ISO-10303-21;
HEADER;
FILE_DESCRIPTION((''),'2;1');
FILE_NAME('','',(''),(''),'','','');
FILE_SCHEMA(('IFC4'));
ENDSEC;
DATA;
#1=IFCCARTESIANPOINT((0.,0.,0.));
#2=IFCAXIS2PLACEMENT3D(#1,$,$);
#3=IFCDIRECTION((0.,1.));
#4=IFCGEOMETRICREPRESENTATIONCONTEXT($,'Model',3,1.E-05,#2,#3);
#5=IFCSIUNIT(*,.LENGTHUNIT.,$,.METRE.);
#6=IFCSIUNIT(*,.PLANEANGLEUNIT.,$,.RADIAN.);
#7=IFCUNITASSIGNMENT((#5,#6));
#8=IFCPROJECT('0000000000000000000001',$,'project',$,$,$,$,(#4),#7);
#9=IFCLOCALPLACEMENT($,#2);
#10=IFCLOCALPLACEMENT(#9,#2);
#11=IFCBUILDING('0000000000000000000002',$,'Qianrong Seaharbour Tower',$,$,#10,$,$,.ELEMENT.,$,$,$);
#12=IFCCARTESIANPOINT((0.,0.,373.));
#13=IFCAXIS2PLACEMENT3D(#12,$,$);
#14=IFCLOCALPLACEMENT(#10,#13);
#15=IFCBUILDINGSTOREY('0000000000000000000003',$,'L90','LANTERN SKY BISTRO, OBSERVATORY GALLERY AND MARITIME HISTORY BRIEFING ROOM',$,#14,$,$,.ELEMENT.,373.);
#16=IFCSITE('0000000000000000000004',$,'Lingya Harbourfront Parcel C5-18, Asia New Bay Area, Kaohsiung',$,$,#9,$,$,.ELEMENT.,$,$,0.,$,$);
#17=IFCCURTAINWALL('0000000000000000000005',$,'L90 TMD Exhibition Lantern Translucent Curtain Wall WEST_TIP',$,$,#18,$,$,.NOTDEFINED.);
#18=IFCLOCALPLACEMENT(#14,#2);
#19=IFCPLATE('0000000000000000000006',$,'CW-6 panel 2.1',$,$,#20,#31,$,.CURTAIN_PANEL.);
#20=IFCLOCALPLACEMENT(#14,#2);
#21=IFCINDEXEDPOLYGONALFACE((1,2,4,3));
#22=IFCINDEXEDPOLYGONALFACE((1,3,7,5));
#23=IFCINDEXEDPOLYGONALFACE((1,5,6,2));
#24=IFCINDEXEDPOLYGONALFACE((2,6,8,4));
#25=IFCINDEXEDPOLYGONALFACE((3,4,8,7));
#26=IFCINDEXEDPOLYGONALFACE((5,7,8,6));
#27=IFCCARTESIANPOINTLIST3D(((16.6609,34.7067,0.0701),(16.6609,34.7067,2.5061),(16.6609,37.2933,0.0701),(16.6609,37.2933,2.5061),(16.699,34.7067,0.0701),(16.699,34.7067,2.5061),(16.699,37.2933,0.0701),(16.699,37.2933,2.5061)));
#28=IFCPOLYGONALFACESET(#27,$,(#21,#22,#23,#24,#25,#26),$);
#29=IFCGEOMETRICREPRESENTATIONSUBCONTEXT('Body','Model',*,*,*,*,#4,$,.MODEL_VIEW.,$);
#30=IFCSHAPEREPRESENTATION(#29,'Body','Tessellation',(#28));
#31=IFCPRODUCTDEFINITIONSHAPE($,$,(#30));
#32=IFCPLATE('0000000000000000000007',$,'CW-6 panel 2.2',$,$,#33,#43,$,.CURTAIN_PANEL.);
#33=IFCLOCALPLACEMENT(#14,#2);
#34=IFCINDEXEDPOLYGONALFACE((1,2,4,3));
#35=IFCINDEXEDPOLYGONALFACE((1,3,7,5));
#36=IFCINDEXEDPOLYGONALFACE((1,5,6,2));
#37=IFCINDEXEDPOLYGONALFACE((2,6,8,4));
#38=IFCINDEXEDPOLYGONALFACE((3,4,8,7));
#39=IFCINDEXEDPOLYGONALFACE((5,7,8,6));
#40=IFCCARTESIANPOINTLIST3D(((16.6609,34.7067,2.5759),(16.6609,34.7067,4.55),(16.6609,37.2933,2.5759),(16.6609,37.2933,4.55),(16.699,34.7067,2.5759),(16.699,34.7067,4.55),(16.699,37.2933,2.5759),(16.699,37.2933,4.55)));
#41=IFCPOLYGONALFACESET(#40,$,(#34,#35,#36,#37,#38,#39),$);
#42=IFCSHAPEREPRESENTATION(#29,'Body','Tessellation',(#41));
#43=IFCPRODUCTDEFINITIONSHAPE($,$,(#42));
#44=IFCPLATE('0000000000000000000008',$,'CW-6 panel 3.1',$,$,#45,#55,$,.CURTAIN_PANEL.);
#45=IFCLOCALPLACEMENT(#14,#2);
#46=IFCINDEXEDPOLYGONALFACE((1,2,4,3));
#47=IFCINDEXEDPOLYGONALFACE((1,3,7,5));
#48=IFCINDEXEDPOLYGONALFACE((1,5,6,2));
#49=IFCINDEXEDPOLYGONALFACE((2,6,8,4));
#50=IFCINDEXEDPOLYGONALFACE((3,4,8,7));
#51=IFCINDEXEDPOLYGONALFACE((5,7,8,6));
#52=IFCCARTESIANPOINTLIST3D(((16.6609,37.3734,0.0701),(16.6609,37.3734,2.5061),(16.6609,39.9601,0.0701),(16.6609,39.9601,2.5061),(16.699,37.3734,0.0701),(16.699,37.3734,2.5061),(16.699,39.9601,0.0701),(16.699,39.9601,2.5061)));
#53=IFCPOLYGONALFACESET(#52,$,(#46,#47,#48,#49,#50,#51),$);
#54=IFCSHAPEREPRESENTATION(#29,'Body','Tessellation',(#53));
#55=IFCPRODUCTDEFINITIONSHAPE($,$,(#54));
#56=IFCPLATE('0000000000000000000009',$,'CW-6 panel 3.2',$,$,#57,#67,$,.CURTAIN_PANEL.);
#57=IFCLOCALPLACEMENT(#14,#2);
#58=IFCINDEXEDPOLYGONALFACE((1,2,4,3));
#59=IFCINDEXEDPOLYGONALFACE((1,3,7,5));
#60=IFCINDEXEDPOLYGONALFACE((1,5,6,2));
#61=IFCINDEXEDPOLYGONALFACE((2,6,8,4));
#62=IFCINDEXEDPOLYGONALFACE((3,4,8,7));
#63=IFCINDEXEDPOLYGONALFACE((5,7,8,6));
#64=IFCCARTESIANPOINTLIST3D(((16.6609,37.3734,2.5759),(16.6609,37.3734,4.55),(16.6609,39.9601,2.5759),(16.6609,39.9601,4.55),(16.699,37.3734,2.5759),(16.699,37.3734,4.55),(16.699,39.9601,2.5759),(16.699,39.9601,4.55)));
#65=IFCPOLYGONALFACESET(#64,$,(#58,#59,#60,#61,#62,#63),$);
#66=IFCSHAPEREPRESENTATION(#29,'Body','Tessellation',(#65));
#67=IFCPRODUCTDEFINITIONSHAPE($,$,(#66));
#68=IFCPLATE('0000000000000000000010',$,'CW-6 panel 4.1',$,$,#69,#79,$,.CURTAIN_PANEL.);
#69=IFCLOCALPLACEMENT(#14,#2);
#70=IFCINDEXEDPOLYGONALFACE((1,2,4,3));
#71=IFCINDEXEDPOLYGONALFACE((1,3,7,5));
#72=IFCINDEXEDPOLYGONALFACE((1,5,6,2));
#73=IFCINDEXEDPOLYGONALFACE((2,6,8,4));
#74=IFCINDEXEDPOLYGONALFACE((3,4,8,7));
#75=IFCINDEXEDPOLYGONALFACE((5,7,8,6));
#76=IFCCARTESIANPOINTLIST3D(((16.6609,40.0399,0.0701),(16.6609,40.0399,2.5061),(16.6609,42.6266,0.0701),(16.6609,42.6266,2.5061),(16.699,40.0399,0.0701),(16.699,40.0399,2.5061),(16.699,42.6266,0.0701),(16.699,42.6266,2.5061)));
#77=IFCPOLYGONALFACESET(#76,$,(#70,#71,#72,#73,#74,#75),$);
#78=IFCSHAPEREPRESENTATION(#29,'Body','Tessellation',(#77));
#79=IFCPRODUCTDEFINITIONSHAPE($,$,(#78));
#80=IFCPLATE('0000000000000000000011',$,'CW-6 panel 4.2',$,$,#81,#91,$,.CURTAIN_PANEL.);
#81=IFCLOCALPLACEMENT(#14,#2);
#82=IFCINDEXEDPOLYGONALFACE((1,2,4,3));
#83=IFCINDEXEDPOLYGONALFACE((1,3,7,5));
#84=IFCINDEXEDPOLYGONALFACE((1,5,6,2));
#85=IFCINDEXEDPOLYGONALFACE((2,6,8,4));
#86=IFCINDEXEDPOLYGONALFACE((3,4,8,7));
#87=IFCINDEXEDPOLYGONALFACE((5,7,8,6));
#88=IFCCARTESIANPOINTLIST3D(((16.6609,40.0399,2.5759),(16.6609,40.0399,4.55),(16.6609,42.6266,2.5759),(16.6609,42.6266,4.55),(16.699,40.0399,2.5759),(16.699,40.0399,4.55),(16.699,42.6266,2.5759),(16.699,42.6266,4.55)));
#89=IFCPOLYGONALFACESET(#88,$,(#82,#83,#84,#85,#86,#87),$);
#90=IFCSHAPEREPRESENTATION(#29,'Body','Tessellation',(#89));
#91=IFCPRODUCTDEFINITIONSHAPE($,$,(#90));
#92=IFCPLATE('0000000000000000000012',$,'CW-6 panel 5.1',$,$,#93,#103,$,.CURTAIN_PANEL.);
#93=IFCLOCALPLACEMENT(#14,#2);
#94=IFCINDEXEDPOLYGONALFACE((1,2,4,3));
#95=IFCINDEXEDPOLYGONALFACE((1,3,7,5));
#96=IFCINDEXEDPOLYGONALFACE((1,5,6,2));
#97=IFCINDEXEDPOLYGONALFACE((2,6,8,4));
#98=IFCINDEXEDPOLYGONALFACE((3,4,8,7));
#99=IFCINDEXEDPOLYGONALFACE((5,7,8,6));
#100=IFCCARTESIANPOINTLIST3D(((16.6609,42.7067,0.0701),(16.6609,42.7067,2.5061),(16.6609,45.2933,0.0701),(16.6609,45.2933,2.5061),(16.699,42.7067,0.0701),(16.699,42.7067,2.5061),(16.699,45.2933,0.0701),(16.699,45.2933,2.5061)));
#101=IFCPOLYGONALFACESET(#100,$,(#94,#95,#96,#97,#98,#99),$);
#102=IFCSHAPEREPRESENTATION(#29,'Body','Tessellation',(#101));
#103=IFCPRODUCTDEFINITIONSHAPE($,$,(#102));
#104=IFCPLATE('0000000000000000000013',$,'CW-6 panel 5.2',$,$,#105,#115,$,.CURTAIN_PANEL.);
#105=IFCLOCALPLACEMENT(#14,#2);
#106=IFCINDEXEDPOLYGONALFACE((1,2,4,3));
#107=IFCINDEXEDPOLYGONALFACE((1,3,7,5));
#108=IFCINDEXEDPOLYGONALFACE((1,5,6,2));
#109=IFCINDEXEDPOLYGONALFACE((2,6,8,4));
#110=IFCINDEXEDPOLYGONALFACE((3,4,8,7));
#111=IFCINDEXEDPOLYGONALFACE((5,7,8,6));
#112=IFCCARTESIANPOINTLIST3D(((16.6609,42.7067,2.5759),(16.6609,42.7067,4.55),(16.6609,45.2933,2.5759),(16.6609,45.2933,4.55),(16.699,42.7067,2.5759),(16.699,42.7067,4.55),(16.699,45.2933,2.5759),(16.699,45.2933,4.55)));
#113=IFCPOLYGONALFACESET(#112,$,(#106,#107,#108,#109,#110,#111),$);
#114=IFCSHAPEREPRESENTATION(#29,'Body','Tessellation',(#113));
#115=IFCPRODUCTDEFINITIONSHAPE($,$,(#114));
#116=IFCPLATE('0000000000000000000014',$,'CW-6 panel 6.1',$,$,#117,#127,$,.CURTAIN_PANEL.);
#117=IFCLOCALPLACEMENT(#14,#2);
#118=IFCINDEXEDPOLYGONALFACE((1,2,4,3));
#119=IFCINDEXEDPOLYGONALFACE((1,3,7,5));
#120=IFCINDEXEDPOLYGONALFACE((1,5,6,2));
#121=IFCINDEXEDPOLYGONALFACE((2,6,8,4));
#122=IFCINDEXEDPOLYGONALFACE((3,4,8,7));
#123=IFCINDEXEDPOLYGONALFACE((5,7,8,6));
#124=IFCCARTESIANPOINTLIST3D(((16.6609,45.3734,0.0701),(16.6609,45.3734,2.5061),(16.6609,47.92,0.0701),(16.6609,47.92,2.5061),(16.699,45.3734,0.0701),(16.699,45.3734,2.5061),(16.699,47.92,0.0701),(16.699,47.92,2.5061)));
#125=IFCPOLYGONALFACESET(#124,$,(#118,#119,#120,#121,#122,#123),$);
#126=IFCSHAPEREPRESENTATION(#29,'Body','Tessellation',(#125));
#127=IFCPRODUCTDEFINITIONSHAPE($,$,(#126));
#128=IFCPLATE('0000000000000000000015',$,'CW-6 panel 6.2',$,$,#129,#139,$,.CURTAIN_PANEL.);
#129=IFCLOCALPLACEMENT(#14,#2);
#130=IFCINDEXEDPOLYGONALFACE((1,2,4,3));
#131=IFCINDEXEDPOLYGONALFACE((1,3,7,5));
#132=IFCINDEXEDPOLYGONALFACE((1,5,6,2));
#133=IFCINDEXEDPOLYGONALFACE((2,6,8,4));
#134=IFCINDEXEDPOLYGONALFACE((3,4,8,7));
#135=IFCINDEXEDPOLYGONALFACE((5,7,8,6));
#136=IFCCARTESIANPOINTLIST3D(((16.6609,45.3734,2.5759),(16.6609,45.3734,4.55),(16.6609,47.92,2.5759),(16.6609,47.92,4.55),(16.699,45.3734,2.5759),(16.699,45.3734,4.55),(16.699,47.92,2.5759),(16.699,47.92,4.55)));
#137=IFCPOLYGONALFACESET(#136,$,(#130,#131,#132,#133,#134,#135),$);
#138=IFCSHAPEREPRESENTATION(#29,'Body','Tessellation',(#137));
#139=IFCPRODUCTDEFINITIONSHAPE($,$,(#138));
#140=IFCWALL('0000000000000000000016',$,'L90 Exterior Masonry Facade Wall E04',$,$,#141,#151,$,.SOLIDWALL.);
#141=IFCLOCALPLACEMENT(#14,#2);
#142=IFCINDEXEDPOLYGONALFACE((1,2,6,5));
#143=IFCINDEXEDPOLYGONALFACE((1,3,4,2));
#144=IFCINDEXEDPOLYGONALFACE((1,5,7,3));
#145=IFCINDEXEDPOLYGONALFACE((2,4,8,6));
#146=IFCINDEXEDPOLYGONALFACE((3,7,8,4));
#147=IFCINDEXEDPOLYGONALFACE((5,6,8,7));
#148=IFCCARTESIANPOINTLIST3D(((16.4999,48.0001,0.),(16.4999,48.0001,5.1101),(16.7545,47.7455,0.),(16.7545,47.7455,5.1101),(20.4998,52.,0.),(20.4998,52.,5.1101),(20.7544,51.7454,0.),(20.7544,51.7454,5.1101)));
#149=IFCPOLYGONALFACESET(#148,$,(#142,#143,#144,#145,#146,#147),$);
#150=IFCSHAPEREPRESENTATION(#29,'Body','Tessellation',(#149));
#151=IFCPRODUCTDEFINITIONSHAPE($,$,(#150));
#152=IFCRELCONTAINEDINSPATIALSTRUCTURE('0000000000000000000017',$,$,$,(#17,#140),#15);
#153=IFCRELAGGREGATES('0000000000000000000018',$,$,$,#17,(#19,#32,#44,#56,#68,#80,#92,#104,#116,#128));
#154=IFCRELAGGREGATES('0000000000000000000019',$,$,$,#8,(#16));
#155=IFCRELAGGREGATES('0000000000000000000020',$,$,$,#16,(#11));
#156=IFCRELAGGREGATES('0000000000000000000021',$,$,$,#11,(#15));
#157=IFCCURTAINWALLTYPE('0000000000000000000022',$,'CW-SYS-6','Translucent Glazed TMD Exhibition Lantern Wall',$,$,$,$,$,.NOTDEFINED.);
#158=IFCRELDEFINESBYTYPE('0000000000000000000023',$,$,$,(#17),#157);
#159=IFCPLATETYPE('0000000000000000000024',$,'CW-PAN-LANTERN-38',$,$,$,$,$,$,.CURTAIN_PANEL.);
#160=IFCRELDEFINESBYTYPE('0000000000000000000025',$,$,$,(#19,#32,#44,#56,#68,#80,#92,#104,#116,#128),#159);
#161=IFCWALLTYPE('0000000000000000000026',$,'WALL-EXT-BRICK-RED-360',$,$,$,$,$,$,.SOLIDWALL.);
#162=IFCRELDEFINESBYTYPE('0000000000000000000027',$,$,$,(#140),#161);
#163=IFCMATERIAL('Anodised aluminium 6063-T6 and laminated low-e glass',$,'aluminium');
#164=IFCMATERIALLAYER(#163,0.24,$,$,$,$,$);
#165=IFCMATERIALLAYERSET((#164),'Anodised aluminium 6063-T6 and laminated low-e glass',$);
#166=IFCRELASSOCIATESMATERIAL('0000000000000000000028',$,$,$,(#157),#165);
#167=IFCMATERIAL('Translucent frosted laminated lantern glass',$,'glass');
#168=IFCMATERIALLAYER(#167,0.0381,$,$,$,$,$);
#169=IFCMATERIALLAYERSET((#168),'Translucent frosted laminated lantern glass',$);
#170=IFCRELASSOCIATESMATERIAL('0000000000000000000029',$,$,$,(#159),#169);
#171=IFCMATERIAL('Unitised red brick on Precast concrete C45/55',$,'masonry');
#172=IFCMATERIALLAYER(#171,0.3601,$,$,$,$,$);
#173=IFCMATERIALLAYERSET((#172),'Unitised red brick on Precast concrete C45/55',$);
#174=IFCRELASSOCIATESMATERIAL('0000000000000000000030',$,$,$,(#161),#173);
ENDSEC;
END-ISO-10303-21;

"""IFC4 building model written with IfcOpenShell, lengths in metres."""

from ifc_helpers import new_model, si_unit, direction, frame, frame_2d, origin, origin_2d, place, context, subcontext, project, spatial, rectangle, extrude, material, layer, layer_set, type_object, element, aggregate, save


model = new_model("IFC4")

# Units and contexts
model_context = context("Model", 3, precision=1e-05, world=origin(), true_north=direction((0.0, 1.0)))
body_context = subcontext(model_context, "Body", "Model", "MODEL_VIEW")
ifc_project = project(units=[si_unit("LENGTHUNIT", "METRE"), si_unit("PLANEANGLEUNIT", "RADIAN")], contexts=[model_context])

# Site, building, storey
site_placement = place(None, origin())
site = spatial("IfcSite", under=ifc_project, at=site_placement, Name="Lingya Harbourfront Parcel C5-18, Asia New Bay Area, Kaohsiung", CompositionType="ELEMENT", RefElevation=0.0)
building_placement = place(site_placement, origin())
building = spatial("IfcBuilding", under=site, at=building_placement, Name="Qianrong Seaharbour Tower", CompositionType="ELEMENT")
storey_placement = place(building_placement, frame((0.0, 0.0, 373.0)))
storey = spatial("IfcBuildingStorey", under=building, at=storey_placement, Name="L90", Description="LANTERN SKY BISTRO, OBSERVATORY GALLERY AND MARITIME HISTORY BRIEFING ROOM", CompositionType="ELEMENT", Elevation=373.0)

# Curtain wall, plates
ifc_material_1 = material(Name="Anodised aluminium 6063-T6 and laminated low-e glass", Category="aluminium")
ifc_layer_1 = layer(ifc_material_1, 0.24)
ifc_layer_set_1 = layer_set([ifc_layer_1], Name="Anodised aluminium 6063-T6 and laminated low-e glass")
curtain_wall_type = type_object("IfcCurtainWallType", Name="CW-SYS-6", Description="Translucent Glazed TMD Exhibition Lantern Wall", PredefinedType="NOTDEFINED", material=ifc_layer_set_1)
curtain_wall_placement = place(storey_placement, origin())
curtain_wall = element("IfcCurtainWall", 1, at=curtain_wall_placement, inside=storey, type_object=curtain_wall_type, Name="L90 TMD Exhibition Lantern Translucent Curtain Wall WEST_TIP", PredefinedType="NOTDEFINED")
ifc_material_2 = material(Name="Translucent frosted laminated lantern glass", Category="glass")
ifc_layer_2 = layer(ifc_material_2, 0.0381)
ifc_layer_set_2 = layer_set([ifc_layer_2], Name="Translucent frosted laminated lantern glass")
plate_type = type_object("IfcPlateType", Name="CW-PAN-LANTERN-38", PredefinedType="CURTAIN_PANEL", material=ifc_layer_set_2)
plate_1_placement = place(storey_placement, frame((16.6799, 36.0, 0.0701), z_axis=(0.0, 0.0, 1.0), x_axis=(0.0, 1.0, 0.0)))
plate_1 = element("IfcPlate", 2, at=plate_1_placement, type_object=plate_type, Name="CW-6 panel 2.1", PredefinedType="CURTAIN_PANEL", context=body_context, shape_type="SweptSolid", body=[
    extrude(rectangle(XDim=2.5867, YDim=0.0381, at=origin_2d()), origin(), (0.0, 0.0, 1.0), 2.436),
])
plate_2_placement = place(storey_placement, frame((16.6799, 36.0, 2.5759), z_axis=(0.0, 0.0, 1.0), x_axis=(0.0, 1.0, 0.0)))
plate_2 = element("IfcPlate", 3, at=plate_2_placement, type_object=plate_type, Name="CW-6 panel 2.2", PredefinedType="CURTAIN_PANEL", context=body_context, shape_type="SweptSolid", body=[
    extrude(rectangle(XDim=2.5867, YDim=0.0381, at=origin_2d()), origin(), (0.0, 0.0, 1.0), 1.9741),
])
plate_3_placement = place(storey_placement, frame((16.6799, 38.6667, 0.0701), z_axis=(0.0, 0.0, 1.0), x_axis=(0.0, 1.0, 0.0)))
plate_3 = element("IfcPlate", 4, at=plate_3_placement, type_object=plate_type, Name="CW-6 panel 3.1", PredefinedType="CURTAIN_PANEL", context=body_context, shape_type="SweptSolid", body=[
    extrude(rectangle(XDim=2.5867, YDim=0.0381, at=origin_2d()), origin(), (0.0, 0.0, 1.0), 2.436),
])
plate_4_placement = place(storey_placement, frame((16.6799, 38.6667, 2.5759), z_axis=(0.0, 0.0, 1.0), x_axis=(0.0, 1.0, 0.0)))
plate_4 = element("IfcPlate", 5, at=plate_4_placement, type_object=plate_type, Name="CW-6 panel 3.2", PredefinedType="CURTAIN_PANEL", context=body_context, shape_type="SweptSolid", body=[
    extrude(rectangle(XDim=2.5867, YDim=0.0381, at=origin_2d()), origin(), (0.0, 0.0, 1.0), 1.9741),
])
plate_5_placement = place(storey_placement, frame((16.6799, 41.3333, 0.0701), z_axis=(0.0, 0.0, 1.0), x_axis=(0.0, 1.0, 0.0)))
plate_5 = element("IfcPlate", 6, at=plate_5_placement, type_object=plate_type, Name="CW-6 panel 4.1", PredefinedType="CURTAIN_PANEL", context=body_context, shape_type="SweptSolid", body=[
    extrude(rectangle(XDim=2.5867, YDim=0.0381, at=origin_2d()), origin(), (0.0, 0.0, 1.0), 2.436),
])
plate_6_placement = place(storey_placement, frame((16.6799, 41.3333, 2.5759), z_axis=(0.0, 0.0, 1.0), x_axis=(0.0, 1.0, 0.0)))
plate_6 = element("IfcPlate", 7, at=plate_6_placement, type_object=plate_type, Name="CW-6 panel 4.2", PredefinedType="CURTAIN_PANEL", context=body_context, shape_type="SweptSolid", body=[
    extrude(rectangle(XDim=2.5867, YDim=0.0381, at=origin_2d()), origin(), (0.0, 0.0, 1.0), 1.9741),
])
plate_7_placement = place(storey_placement, frame((16.6799, 44.0, 0.0701), z_axis=(0.0, 0.0, 1.0), x_axis=(0.0, 1.0, 0.0)))
plate_7 = element("IfcPlate", 8, at=plate_7_placement, type_object=plate_type, Name="CW-6 panel 5.1", PredefinedType="CURTAIN_PANEL", context=body_context, shape_type="SweptSolid", body=[
    extrude(rectangle(XDim=2.5867, YDim=0.0381, at=origin_2d()), origin(), (0.0, 0.0, 1.0), 2.436),
])
plate_8_placement = place(storey_placement, frame((16.6799, 44.0, 2.5759), z_axis=(0.0, 0.0, 1.0), x_axis=(0.0, 1.0, 0.0)))
plate_8 = element("IfcPlate", 9, at=plate_8_placement, type_object=plate_type, Name="CW-6 panel 5.2", PredefinedType="CURTAIN_PANEL", context=body_context, shape_type="SweptSolid", body=[
    extrude(rectangle(XDim=2.5867, YDim=0.0381, at=origin_2d()), origin(), (0.0, 0.0, 1.0), 1.9741),
])
plate_9_placement = place(storey_placement, frame((16.6799, 46.6467, 0.0701), z_axis=(0.0, 0.0, 1.0), x_axis=(0.0, 1.0, 0.0)))
plate_9 = element("IfcPlate", 10, at=plate_9_placement, type_object=plate_type, Name="CW-6 panel 6.1", PredefinedType="CURTAIN_PANEL", context=body_context, shape_type="SweptSolid", body=[
    extrude(rectangle(XDim=2.5466, YDim=0.0381, at=origin_2d()), origin(), (0.0, 0.0, 1.0), 2.436),
])
plate_10_placement = place(storey_placement, frame((16.6799, 46.6467, 2.5759), z_axis=(0.0, 0.0, 1.0), x_axis=(0.0, 1.0, 0.0)))
plate_10 = element("IfcPlate", 11, at=plate_10_placement, type_object=plate_type, Name="CW-6 panel 6.2", PredefinedType="CURTAIN_PANEL", context=body_context, shape_type="SweptSolid", body=[
    extrude(rectangle(XDim=2.5466, YDim=0.0381, at=origin_2d()), origin(), (0.0, 0.0, 1.0), 1.9741),
])
aggregate(curtain_wall, [plate_1, plate_2, plate_3, plate_4, plate_5, plate_6, plate_7, plate_8, plate_9, plate_10])

# Wall
ifc_material_3 = material(Name="Unitised red brick on Precast concrete C45/55", Category="masonry")
ifc_layer_3 = layer(ifc_material_3, 0.3601)
ifc_layer_set_3 = layer_set([ifc_layer_3], Name="Unitised red brick on Precast concrete C45/55")
wall_type = type_object("IfcWallType", Name="WALL-EXT-BRICK-RED-360", PredefinedType="SOLIDWALL", material=ifc_layer_set_3)
wall_placement = place(storey_placement, frame((16.6272, 47.8728, 0.0), z_axis=(0.0, 0.0, 1.0), x_axis=(0.707107, 0.707107, 0.0)))
element("IfcWall", 12, at=wall_placement, inside=storey, type_object=wall_type, Name="L90 Exterior Masonry Facade Wall E04", PredefinedType="SOLIDWALL", context=body_context, shape_type="SweptSolid", body=[
    extrude(rectangle(XDim=5.6567, YDim=0.3601, at=frame_2d((2.8284, 0.0))), origin(), (0.0, 0.0, 1.0), 5.1101),
])

save(model, "model.ifc")
